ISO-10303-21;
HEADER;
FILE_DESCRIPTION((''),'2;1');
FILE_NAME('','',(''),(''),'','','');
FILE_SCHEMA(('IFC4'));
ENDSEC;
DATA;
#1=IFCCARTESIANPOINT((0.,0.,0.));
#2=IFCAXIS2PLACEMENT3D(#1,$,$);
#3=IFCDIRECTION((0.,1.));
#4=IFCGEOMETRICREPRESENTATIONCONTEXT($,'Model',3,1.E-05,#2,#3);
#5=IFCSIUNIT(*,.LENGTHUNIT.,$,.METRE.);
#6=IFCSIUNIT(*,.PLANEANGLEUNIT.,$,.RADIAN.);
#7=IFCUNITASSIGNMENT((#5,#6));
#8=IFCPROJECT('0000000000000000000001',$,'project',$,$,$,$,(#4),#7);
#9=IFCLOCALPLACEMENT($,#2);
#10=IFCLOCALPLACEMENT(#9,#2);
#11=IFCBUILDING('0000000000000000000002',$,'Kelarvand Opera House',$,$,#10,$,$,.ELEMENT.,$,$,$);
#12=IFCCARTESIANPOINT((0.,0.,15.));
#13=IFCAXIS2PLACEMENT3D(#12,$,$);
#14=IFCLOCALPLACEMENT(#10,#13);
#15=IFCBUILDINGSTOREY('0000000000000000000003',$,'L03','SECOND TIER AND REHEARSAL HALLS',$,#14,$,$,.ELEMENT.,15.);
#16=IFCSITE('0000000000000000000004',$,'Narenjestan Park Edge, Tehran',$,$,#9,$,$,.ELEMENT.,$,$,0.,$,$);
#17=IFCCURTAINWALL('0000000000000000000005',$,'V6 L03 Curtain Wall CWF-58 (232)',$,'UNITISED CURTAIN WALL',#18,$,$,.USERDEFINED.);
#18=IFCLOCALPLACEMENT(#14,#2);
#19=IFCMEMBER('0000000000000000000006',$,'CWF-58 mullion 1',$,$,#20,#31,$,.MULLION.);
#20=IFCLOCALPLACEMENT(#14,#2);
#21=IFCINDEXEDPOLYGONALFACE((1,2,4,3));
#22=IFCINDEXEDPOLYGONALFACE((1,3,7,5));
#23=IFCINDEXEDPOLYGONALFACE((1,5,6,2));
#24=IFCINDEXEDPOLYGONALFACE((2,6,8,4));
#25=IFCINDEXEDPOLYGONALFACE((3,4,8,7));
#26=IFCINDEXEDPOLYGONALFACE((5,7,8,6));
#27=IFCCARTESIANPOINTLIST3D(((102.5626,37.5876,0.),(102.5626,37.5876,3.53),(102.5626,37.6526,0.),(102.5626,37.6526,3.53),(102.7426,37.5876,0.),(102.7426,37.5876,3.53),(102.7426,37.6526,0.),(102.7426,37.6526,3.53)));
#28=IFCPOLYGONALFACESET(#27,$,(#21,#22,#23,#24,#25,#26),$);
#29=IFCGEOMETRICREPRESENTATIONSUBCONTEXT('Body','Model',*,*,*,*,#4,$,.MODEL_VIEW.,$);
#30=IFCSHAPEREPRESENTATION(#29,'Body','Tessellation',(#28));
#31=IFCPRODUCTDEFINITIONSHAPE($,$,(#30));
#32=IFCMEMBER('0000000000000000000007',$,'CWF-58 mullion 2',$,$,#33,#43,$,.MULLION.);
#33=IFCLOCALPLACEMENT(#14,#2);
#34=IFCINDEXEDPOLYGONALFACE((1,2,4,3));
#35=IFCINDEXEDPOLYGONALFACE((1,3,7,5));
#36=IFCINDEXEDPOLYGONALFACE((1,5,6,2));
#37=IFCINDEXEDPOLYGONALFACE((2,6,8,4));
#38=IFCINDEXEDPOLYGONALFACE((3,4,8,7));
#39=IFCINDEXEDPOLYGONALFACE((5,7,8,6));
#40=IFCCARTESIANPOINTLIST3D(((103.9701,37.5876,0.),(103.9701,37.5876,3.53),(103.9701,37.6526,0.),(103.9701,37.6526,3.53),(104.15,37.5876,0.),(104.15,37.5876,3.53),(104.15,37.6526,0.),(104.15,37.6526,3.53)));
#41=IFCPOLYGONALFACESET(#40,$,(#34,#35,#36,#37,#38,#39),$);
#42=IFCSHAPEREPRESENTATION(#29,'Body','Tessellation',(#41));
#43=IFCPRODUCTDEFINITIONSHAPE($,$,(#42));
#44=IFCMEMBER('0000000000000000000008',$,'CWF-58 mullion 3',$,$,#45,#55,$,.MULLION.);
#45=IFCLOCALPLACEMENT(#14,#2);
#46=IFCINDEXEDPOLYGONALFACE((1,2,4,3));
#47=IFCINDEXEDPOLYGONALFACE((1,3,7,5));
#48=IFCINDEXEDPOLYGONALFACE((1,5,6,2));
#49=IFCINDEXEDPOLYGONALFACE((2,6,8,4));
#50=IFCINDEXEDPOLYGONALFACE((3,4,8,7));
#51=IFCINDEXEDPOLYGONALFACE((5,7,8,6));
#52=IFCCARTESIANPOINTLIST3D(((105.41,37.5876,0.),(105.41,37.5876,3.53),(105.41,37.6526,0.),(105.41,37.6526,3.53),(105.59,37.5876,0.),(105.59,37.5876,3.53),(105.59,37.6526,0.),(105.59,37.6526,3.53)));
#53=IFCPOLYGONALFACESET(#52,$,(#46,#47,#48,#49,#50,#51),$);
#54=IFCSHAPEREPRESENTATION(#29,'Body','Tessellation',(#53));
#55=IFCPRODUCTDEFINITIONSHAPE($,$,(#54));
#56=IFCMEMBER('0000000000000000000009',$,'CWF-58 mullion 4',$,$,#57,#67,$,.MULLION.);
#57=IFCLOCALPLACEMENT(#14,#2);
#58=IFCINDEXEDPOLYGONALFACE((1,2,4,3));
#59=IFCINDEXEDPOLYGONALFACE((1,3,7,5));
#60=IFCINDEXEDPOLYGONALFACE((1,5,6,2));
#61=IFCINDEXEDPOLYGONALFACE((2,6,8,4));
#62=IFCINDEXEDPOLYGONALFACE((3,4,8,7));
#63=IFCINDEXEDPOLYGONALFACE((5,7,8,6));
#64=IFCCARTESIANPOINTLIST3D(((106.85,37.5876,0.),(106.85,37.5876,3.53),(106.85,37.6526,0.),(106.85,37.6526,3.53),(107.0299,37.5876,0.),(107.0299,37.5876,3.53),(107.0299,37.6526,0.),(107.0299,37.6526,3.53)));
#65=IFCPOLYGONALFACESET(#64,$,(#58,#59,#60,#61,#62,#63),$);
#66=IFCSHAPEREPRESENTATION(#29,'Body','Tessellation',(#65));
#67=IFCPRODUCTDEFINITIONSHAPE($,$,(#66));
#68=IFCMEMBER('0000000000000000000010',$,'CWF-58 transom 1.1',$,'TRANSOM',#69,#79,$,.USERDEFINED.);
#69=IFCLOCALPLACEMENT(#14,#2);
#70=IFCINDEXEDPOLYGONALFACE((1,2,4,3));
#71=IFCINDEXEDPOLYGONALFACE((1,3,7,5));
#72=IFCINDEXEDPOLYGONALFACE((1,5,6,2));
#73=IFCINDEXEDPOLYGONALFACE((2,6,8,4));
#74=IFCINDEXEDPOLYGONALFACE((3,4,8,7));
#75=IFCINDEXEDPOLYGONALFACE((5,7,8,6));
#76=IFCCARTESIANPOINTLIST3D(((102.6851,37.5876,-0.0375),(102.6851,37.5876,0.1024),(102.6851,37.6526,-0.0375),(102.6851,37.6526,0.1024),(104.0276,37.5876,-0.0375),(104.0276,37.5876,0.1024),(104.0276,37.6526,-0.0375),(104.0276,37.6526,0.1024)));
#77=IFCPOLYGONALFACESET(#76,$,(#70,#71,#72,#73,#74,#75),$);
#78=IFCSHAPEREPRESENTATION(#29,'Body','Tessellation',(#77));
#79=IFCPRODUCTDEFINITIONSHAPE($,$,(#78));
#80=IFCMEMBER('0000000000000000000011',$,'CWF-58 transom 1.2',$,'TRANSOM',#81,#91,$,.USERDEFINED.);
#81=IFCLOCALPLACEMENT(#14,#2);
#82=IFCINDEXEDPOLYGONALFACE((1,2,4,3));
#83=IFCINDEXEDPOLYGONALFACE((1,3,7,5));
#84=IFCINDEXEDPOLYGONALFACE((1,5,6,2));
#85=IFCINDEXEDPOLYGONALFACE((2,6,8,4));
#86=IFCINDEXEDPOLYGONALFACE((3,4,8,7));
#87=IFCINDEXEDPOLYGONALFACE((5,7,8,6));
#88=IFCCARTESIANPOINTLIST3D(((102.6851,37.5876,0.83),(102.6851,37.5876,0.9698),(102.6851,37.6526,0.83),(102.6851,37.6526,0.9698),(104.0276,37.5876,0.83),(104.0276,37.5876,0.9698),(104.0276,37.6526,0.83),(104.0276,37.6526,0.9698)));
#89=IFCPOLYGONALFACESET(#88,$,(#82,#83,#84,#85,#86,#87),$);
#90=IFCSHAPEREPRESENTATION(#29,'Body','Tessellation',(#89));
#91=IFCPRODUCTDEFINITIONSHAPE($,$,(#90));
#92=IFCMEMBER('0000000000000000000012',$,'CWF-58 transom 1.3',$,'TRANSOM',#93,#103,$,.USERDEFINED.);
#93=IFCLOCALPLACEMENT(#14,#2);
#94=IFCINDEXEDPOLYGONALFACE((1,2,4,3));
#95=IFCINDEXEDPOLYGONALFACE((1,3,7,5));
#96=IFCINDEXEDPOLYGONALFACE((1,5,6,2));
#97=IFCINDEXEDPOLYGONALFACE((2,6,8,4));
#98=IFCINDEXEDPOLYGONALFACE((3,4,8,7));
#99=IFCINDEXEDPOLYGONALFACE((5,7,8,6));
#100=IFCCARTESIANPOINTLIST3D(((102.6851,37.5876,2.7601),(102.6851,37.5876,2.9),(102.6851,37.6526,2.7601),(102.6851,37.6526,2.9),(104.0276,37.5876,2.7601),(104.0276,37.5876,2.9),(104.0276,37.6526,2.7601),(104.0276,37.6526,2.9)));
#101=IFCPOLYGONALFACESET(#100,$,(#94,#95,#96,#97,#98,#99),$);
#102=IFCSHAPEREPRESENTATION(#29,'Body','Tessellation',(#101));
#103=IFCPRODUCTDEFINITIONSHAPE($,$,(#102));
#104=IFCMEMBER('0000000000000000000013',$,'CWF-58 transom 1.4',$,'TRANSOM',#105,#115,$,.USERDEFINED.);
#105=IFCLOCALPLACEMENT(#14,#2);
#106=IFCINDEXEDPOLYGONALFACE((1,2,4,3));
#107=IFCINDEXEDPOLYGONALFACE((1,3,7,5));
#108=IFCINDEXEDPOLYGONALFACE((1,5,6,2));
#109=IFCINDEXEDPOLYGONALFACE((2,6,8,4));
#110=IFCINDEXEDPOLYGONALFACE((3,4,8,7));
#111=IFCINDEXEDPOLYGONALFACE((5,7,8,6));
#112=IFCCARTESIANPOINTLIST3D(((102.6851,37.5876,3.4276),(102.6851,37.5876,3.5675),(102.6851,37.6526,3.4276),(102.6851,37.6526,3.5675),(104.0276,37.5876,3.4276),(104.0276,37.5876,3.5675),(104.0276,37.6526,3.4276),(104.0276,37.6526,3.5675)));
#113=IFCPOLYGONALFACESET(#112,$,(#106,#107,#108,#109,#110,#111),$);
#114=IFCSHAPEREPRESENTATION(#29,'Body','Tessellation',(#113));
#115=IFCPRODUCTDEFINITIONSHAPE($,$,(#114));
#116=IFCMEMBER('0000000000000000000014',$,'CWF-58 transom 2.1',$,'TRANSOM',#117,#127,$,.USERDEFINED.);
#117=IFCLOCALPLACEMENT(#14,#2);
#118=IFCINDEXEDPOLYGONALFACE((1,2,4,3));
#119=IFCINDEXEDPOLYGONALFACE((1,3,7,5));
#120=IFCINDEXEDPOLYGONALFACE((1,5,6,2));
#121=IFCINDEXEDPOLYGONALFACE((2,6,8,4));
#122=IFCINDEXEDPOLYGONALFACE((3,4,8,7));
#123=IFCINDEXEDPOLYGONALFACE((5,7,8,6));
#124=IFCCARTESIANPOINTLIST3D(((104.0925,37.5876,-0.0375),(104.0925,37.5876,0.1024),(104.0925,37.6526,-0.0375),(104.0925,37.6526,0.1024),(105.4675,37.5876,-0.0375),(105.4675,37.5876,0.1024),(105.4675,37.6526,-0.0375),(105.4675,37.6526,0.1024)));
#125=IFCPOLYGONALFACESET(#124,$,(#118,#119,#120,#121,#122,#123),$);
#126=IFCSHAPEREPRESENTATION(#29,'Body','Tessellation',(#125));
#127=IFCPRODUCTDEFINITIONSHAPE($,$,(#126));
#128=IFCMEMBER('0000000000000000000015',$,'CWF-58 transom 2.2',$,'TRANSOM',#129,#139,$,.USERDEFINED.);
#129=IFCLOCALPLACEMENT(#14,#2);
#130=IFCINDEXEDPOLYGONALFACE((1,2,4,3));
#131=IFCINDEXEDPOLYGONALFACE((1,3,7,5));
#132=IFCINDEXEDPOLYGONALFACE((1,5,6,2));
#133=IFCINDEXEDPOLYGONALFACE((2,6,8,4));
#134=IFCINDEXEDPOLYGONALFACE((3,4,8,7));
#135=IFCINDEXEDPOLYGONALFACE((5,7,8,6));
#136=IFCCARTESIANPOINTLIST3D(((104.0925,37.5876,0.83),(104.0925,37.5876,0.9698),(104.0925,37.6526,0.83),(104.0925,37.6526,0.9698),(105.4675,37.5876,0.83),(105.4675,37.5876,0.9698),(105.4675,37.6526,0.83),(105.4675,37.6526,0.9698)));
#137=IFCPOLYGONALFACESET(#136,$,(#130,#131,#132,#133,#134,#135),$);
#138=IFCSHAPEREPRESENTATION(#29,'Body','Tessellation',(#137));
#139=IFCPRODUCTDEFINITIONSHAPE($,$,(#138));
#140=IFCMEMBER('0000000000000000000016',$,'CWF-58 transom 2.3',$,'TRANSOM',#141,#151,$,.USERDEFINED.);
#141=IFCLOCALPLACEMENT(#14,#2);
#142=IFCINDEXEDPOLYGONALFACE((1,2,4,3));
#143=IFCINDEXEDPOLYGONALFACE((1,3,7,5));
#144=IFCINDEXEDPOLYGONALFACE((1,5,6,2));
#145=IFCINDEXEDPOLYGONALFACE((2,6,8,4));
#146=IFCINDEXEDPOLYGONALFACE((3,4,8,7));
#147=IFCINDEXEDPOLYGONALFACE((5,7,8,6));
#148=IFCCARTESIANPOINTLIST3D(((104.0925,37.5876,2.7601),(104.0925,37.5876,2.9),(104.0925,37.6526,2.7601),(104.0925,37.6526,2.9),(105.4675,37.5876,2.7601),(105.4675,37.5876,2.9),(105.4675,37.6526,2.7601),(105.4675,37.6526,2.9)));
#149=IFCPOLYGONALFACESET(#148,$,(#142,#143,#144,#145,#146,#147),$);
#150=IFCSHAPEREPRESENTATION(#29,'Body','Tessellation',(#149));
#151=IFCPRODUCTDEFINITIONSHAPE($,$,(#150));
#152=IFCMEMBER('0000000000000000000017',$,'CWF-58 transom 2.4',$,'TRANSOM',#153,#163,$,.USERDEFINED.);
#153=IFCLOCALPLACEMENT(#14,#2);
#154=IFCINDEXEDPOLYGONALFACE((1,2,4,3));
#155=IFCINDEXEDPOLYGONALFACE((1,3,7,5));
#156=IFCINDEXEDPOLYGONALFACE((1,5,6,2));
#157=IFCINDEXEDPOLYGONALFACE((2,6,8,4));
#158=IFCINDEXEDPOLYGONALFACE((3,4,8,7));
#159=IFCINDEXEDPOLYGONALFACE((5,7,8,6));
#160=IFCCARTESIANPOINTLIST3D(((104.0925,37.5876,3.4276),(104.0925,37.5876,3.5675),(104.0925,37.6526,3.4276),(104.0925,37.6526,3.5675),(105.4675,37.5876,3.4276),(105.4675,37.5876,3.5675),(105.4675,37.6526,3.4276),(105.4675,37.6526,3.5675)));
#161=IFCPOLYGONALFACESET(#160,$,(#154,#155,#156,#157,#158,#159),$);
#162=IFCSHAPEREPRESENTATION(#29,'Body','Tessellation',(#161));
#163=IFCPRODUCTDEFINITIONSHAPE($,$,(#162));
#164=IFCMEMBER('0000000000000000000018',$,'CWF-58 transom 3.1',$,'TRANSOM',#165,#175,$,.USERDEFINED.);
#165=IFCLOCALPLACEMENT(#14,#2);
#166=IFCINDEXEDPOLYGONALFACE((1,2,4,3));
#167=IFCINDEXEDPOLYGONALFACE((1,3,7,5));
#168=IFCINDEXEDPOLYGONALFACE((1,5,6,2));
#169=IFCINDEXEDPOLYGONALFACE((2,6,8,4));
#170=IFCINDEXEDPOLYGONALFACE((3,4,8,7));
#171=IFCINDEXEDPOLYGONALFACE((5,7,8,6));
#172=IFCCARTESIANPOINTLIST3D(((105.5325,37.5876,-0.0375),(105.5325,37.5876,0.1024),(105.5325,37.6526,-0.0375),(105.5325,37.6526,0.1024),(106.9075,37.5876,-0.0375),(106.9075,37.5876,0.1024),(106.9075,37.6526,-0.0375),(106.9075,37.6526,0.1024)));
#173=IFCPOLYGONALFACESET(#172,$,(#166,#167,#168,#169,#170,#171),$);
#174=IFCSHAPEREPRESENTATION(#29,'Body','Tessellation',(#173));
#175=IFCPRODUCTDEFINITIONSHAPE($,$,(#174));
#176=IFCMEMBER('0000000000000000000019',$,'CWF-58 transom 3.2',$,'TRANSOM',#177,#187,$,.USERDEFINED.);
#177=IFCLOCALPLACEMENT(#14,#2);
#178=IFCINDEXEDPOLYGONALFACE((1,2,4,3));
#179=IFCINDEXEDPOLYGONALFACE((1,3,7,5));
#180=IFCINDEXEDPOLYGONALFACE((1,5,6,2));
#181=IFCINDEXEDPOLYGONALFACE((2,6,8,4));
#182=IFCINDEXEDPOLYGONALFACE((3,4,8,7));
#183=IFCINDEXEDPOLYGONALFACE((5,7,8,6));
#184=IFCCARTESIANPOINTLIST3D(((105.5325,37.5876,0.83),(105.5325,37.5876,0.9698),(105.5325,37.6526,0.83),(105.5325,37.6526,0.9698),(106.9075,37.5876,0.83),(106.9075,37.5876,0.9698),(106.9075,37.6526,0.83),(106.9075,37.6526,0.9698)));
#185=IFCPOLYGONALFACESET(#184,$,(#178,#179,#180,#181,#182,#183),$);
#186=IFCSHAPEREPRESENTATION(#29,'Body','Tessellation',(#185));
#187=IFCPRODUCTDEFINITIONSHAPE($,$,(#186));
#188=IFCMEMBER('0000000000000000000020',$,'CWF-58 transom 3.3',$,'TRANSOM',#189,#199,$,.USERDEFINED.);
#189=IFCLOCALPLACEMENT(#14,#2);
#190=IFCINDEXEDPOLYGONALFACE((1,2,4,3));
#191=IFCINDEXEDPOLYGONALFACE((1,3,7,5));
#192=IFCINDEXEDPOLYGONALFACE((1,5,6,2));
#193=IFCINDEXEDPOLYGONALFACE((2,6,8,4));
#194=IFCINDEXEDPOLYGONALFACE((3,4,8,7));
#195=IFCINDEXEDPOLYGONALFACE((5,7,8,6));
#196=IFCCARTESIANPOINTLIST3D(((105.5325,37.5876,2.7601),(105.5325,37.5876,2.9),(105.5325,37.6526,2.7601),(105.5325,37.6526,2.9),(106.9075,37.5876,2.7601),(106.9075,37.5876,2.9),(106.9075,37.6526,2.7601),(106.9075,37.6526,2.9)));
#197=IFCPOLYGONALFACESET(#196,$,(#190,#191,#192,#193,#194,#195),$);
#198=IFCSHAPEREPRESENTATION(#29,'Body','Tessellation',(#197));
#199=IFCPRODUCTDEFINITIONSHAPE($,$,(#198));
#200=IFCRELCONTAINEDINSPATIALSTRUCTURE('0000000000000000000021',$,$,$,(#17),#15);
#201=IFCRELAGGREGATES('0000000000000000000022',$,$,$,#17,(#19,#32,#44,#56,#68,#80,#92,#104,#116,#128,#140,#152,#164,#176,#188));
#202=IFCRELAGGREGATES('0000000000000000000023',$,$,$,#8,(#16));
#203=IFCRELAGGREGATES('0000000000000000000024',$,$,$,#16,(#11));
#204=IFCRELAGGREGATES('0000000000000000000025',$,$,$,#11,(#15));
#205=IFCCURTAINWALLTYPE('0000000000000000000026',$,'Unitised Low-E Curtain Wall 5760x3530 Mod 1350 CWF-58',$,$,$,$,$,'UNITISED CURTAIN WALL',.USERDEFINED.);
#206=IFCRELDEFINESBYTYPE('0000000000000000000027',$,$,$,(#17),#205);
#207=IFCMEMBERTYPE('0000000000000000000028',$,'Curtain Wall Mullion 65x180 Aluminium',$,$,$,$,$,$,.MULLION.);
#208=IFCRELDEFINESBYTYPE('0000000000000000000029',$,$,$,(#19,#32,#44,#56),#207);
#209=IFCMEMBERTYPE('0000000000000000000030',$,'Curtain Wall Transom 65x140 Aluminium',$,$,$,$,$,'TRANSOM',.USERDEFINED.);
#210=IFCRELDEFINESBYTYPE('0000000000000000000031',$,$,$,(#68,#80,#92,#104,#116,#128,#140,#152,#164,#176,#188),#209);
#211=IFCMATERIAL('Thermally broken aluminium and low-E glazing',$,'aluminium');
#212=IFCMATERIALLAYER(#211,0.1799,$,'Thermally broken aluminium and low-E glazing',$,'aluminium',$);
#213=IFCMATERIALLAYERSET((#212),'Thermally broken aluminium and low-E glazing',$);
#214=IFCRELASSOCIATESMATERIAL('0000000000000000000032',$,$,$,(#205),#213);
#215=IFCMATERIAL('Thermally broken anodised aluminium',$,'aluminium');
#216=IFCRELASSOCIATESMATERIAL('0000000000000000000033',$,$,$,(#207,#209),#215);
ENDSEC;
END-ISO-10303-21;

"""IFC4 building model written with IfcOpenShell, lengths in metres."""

from ifc_helpers import new_model, si_unit, direction, frame, origin, origin_2d, place, context, subcontext, project, spatial, rectangle, extrude, material, layer, layer_set, material_profile, profile_set, type_object, element, aggregate, save


model = new_model("IFC4")

# Units and contexts
model_context = context("Model", 3, precision=1e-05, world=origin(), true_north=direction((0.0, 1.0)))
body_context = subcontext(model_context, "Body", "Model", "MODEL_VIEW")
ifc_project = project(units=[si_unit("LENGTHUNIT", "METRE"), si_unit("PLANEANGLEUNIT", "RADIAN")], contexts=[model_context])

# Site, building, storey
site_placement = place(None, origin())
site = spatial("IfcSite", under=ifc_project, at=site_placement, Name="Narenjestan Park Edge, Tehran", CompositionType="ELEMENT", RefElevation=0.0)
building_placement = place(site_placement, origin())
building = spatial("IfcBuilding", under=site, at=building_placement, Name="Kelarvand Opera House", CompositionType="ELEMENT")
storey_placement = place(building_placement, frame((0.0, 0.0, 15.0)))
storey = spatial("IfcBuildingStorey", under=building, at=storey_placement, Name="L03", Description="SECOND TIER AND REHEARSAL HALLS", CompositionType="ELEMENT", Elevation=15.0)

# Curtain wall, members
ifc_material_1 = material(Name="Thermally broken aluminium and low-E glazing", Category="aluminium")
ifc_layer_1 = layer(ifc_material_1, 0.1799, Name="Thermally broken aluminium and low-E glazing", Category="aluminium")
ifc_layer_set_1 = layer_set([ifc_layer_1], Name="Thermally broken aluminium and low-E glazing")
curtain_wall_type = type_object("IfcCurtainWallType", Name="Unitised Low-E Curtain Wall 5760x3530 Mod 1350 CWF-58", ElementType="UNITISED CURTAIN WALL", PredefinedType="USERDEFINED", material=ifc_layer_set_1)
curtain_wall_placement = place(storey_placement, origin())
curtain_wall = element("IfcCurtainWall", 1, at=curtain_wall_placement, inside=storey, type_object=curtain_wall_type, Name="V6 L03 Curtain Wall CWF-58 (232)", ObjectType="UNITISED CURTAIN WALL", PredefinedType="USERDEFINED")
ifc_material_2 = material(Name="Thermally broken anodised aluminium", Category="aluminium")
ifc_material_profile_1 = material_profile(ifc_material_2, rectangle(XDim=0.0649, YDim=0.1799, at=origin_2d()), Name="ALU MULLION 65x180", Category="aluminium")
ifc_profile_set_1 = profile_set([ifc_material_profile_1], Name="Thermally broken anodised aluminium")
member_type_1 = type_object("IfcMemberType", Name="Curtain Wall Mullion 65x180 Aluminium", PredefinedType="MULLION", material=ifc_profile_set_1)
member_1_placement = place(storey_placement, frame((102.6526, 37.6201, 0.0), z_axis=(0.0, 0.0, 1.0), x_axis=(0.0, 1.0, 0.0)))
member_1 = element("IfcMember", 2, at=member_1_placement, type_object=member_type_1, Name="CWF-58 mullion 1", PredefinedType="MULLION", context=body_context, shape_type="SweptSolid", body=[
    extrude(rectangle(XDim=0.0649, YDim=0.1799, at=origin_2d()), origin(), (0.0, 0.0, 1.0), 3.53),
])
member_2_placement = place(storey_placement, frame((104.0601, 37.6201, 0.0), z_axis=(0.0, 0.0, 1.0), x_axis=(0.0, 1.0, 0.0)))
member_2 = element("IfcMember", 3, at=member_2_placement, type_object=member_type_1, Name="CWF-58 mullion 2", PredefinedType="MULLION", context=body_context, shape_type="SweptSolid", body=[
    extrude(rectangle(XDim=0.0649, YDim=0.1799, at=origin_2d()), origin(), (0.0, 0.0, 1.0), 3.53),
])
member_3_placement = place(storey_placement, frame((105.5, 37.6201, 0.0), z_axis=(0.0, 0.0, 1.0), x_axis=(0.0, 1.0, 0.0)))
member_3 = element("IfcMember", 4, at=member_3_placement, type_object=member_type_1, Name="CWF-58 mullion 3", PredefinedType="MULLION", context=body_context, shape_type="SweptSolid", body=[
    extrude(rectangle(XDim=0.0649, YDim=0.1799, at=origin_2d()), origin(), (0.0, 0.0, 1.0), 3.53),
])
member_4_placement = place(storey_placement, frame((106.9399, 37.6201, 0.0), z_axis=(0.0, 0.0, 1.0), x_axis=(0.0, 1.0, 0.0)))
member_4 = element("IfcMember", 5, at=member_4_placement, type_object=member_type_1, Name="CWF-58 mullion 4", PredefinedType="MULLION", context=body_context, shape_type="SweptSolid", body=[
    extrude(rectangle(XDim=0.0649, YDim=0.1799, at=origin_2d()), origin(), (0.0, 0.0, 1.0), 3.53),
])
ifc_material_profile_2 = material_profile(ifc_material_2, rectangle(XDim=0.0649, YDim=0.1399, at=origin_2d()), Name="ALU TRANSOM 65x140", Category="aluminium")
ifc_profile_set_2 = profile_set([ifc_material_profile_2], Name="Thermally broken anodised aluminium")
member_type_2 = type_object("IfcMemberType", Name="Curtain Wall Transom 65x140 Aluminium", ElementType="TRANSOM", PredefinedType="USERDEFINED", material=ifc_profile_set_2)
member_5_placement = place(storey_placement, frame((102.6851, 37.6201, 0.0325), z_axis=(1.0, 0.0, 0.0), x_axis=(0.0, 1.0, 0.0)))
member_5 = element("IfcMember", 6, at=member_5_placement, type_object=member_type_2, Name="CWF-58 transom 1.1", ObjectType="TRANSOM", PredefinedType="USERDEFINED", context=body_context, shape_type="SweptSolid", body=[
    extrude(rectangle(XDim=0.0649, YDim=0.1399, at=origin_2d()), origin(), (0.0, 0.0, 1.0), 1.3425),
])
member_6_placement = place(storey_placement, frame((102.6851, 37.6201, 0.8999), z_axis=(1.0, 0.0, 0.0), x_axis=(0.0, 1.0, 0.0)))
member_6 = element("IfcMember", 7, at=member_6_placement, type_object=member_type_2, Name="CWF-58 transom 1.2", ObjectType="TRANSOM", PredefinedType="USERDEFINED", context=body_context, shape_type="SweptSolid", body=[
    extrude(rectangle(XDim=0.0649, YDim=0.1399, at=origin_2d()), origin(), (0.0, 0.0, 1.0), 1.3425),
])
member_7_placement = place(storey_placement, frame((102.6851, 37.6201, 2.8301), z_axis=(1.0, 0.0, 0.0), x_axis=(0.0, 1.0, 0.0)))
member_7 = element("IfcMember", 8, at=member_7_placement, type_object=member_type_2, Name="CWF-58 transom 1.3", ObjectType="TRANSOM", PredefinedType="USERDEFINED", context=body_context, shape_type="SweptSolid", body=[
    extrude(rectangle(XDim=0.0649, YDim=0.1399, at=origin_2d()), origin(), (0.0, 0.0, 1.0), 1.3425),
])
member_8_placement = place(storey_placement, frame((102.6851, 37.6201, 3.4976), z_axis=(1.0, 0.0, 0.0), x_axis=(0.0, 1.0, 0.0)))
member_8 = element("IfcMember", 9, at=member_8_placement, type_object=member_type_2, Name="CWF-58 transom 1.4", ObjectType="TRANSOM", PredefinedType="USERDEFINED", context=body_context, shape_type="SweptSolid", body=[
    extrude(rectangle(XDim=0.0649, YDim=0.1399, at=origin_2d()), origin(), (0.0, 0.0, 1.0), 1.3425),
])
member_9_placement = place(storey_placement, frame((104.0925, 37.6201, 0.0325), z_axis=(1.0, 0.0, 0.0), x_axis=(0.0, 1.0, 0.0)))
member_9 = element("IfcMember", 10, at=member_9_placement, type_object=member_type_2, Name="CWF-58 transom 2.1", ObjectType="TRANSOM", PredefinedType="USERDEFINED", context=body_context, shape_type="SweptSolid", body=[
    extrude(rectangle(XDim=0.0649, YDim=0.1399, at=origin_2d()), origin(), (0.0, 0.0, 1.0), 1.375),
])
member_10_placement = place(storey_placement, frame((104.0925, 37.6201, 0.8999), z_axis=(1.0, 0.0, 0.0), x_axis=(0.0, 1.0, 0.0)))
member_10 = element("IfcMember", 11, at=member_10_placement, type_object=member_type_2, Name="CWF-58 transom 2.2", ObjectType="TRANSOM", PredefinedType="USERDEFINED", context=body_context, shape_type="SweptSolid", body=[
    extrude(rectangle(XDim=0.0649, YDim=0.1399, at=origin_2d()), origin(), (0.0, 0.0, 1.0), 1.375),
])
member_11_placement = place(storey_placement, frame((104.0925, 37.6201, 2.8301), z_axis=(1.0, 0.0, 0.0), x_axis=(0.0, 1.0, 0.0)))
member_11 = element("IfcMember", 12, at=member_11_placement, type_object=member_type_2, Name="CWF-58 transom 2.3", ObjectType="TRANSOM", PredefinedType="USERDEFINED", context=body_context, shape_type="SweptSolid", body=[
    extrude(rectangle(XDim=0.0649, YDim=0.1399, at=origin_2d()), origin(), (0.0, 0.0, 1.0), 1.375),
])
member_12_placement = place(storey_placement, frame((104.0925, 37.6201, 3.4976), z_axis=(1.0, 0.0, 0.0), x_axis=(0.0, 1.0, 0.0)))
member_12 = element("IfcMember", 13, at=member_12_placement, type_object=member_type_2, Name="CWF-58 transom 2.4", ObjectType="TRANSOM", PredefinedType="USERDEFINED", context=body_context, shape_type="SweptSolid", body=[
    extrude(rectangle(XDim=0.0649, YDim=0.1399, at=origin_2d()), origin(), (0.0, 0.0, 1.0), 1.375),
])
member_13_placement = place(storey_placement, frame((105.5325, 37.6201, 0.0325), z_axis=(1.0, 0.0, 0.0), x_axis=(0.0, 1.0, 0.0)))
member_13 = element("IfcMember", 14, at=member_13_placement, type_object=member_type_2, Name="CWF-58 transom 3.1", ObjectType="TRANSOM", PredefinedType="USERDEFINED", context=body_context, shape_type="SweptSolid", body=[
    extrude(rectangle(XDim=0.0649, YDim=0.1399, at=origin_2d()), origin(), (0.0, 0.0, 1.0), 1.375),
])
member_14_placement = place(storey_placement, frame((105.5325, 37.6201, 0.8999), z_axis=(1.0, 0.0, 0.0), x_axis=(0.0, 1.0, 0.0)))
member_14 = element("IfcMember", 15, at=member_14_placement, type_object=member_type_2, Name="CWF-58 transom 3.2", ObjectType="TRANSOM", PredefinedType="USERDEFINED", context=body_context, shape_type="SweptSolid", body=[
    extrude(rectangle(XDim=0.0649, YDim=0.1399, at=origin_2d()), origin(), (0.0, 0.0, 1.0), 1.375),
])
member_15_placement = place(storey_placement, frame((105.5325, 37.6201, 2.8301), z_axis=(1.0, 0.0, 0.0), x_axis=(0.0, 1.0, 0.0)))
member_15 = element("IfcMember", 16, at=member_15_placement, type_object=member_type_2, Name="CWF-58 transom 3.3", ObjectType="TRANSOM", PredefinedType="USERDEFINED", context=body_context, shape_type="SweptSolid", body=[
    extrude(rectangle(XDim=0.0649, YDim=0.1399, at=origin_2d()), origin(), (0.0, 0.0, 1.0), 1.375),
])

aggregate(curtain_wall, [member_1, member_2, member_3, member_4, member_5, member_6, member_7, member_8, member_9, member_10, member_11, member_12, member_13, member_14, member_15])

save(model, "model.ifc")
